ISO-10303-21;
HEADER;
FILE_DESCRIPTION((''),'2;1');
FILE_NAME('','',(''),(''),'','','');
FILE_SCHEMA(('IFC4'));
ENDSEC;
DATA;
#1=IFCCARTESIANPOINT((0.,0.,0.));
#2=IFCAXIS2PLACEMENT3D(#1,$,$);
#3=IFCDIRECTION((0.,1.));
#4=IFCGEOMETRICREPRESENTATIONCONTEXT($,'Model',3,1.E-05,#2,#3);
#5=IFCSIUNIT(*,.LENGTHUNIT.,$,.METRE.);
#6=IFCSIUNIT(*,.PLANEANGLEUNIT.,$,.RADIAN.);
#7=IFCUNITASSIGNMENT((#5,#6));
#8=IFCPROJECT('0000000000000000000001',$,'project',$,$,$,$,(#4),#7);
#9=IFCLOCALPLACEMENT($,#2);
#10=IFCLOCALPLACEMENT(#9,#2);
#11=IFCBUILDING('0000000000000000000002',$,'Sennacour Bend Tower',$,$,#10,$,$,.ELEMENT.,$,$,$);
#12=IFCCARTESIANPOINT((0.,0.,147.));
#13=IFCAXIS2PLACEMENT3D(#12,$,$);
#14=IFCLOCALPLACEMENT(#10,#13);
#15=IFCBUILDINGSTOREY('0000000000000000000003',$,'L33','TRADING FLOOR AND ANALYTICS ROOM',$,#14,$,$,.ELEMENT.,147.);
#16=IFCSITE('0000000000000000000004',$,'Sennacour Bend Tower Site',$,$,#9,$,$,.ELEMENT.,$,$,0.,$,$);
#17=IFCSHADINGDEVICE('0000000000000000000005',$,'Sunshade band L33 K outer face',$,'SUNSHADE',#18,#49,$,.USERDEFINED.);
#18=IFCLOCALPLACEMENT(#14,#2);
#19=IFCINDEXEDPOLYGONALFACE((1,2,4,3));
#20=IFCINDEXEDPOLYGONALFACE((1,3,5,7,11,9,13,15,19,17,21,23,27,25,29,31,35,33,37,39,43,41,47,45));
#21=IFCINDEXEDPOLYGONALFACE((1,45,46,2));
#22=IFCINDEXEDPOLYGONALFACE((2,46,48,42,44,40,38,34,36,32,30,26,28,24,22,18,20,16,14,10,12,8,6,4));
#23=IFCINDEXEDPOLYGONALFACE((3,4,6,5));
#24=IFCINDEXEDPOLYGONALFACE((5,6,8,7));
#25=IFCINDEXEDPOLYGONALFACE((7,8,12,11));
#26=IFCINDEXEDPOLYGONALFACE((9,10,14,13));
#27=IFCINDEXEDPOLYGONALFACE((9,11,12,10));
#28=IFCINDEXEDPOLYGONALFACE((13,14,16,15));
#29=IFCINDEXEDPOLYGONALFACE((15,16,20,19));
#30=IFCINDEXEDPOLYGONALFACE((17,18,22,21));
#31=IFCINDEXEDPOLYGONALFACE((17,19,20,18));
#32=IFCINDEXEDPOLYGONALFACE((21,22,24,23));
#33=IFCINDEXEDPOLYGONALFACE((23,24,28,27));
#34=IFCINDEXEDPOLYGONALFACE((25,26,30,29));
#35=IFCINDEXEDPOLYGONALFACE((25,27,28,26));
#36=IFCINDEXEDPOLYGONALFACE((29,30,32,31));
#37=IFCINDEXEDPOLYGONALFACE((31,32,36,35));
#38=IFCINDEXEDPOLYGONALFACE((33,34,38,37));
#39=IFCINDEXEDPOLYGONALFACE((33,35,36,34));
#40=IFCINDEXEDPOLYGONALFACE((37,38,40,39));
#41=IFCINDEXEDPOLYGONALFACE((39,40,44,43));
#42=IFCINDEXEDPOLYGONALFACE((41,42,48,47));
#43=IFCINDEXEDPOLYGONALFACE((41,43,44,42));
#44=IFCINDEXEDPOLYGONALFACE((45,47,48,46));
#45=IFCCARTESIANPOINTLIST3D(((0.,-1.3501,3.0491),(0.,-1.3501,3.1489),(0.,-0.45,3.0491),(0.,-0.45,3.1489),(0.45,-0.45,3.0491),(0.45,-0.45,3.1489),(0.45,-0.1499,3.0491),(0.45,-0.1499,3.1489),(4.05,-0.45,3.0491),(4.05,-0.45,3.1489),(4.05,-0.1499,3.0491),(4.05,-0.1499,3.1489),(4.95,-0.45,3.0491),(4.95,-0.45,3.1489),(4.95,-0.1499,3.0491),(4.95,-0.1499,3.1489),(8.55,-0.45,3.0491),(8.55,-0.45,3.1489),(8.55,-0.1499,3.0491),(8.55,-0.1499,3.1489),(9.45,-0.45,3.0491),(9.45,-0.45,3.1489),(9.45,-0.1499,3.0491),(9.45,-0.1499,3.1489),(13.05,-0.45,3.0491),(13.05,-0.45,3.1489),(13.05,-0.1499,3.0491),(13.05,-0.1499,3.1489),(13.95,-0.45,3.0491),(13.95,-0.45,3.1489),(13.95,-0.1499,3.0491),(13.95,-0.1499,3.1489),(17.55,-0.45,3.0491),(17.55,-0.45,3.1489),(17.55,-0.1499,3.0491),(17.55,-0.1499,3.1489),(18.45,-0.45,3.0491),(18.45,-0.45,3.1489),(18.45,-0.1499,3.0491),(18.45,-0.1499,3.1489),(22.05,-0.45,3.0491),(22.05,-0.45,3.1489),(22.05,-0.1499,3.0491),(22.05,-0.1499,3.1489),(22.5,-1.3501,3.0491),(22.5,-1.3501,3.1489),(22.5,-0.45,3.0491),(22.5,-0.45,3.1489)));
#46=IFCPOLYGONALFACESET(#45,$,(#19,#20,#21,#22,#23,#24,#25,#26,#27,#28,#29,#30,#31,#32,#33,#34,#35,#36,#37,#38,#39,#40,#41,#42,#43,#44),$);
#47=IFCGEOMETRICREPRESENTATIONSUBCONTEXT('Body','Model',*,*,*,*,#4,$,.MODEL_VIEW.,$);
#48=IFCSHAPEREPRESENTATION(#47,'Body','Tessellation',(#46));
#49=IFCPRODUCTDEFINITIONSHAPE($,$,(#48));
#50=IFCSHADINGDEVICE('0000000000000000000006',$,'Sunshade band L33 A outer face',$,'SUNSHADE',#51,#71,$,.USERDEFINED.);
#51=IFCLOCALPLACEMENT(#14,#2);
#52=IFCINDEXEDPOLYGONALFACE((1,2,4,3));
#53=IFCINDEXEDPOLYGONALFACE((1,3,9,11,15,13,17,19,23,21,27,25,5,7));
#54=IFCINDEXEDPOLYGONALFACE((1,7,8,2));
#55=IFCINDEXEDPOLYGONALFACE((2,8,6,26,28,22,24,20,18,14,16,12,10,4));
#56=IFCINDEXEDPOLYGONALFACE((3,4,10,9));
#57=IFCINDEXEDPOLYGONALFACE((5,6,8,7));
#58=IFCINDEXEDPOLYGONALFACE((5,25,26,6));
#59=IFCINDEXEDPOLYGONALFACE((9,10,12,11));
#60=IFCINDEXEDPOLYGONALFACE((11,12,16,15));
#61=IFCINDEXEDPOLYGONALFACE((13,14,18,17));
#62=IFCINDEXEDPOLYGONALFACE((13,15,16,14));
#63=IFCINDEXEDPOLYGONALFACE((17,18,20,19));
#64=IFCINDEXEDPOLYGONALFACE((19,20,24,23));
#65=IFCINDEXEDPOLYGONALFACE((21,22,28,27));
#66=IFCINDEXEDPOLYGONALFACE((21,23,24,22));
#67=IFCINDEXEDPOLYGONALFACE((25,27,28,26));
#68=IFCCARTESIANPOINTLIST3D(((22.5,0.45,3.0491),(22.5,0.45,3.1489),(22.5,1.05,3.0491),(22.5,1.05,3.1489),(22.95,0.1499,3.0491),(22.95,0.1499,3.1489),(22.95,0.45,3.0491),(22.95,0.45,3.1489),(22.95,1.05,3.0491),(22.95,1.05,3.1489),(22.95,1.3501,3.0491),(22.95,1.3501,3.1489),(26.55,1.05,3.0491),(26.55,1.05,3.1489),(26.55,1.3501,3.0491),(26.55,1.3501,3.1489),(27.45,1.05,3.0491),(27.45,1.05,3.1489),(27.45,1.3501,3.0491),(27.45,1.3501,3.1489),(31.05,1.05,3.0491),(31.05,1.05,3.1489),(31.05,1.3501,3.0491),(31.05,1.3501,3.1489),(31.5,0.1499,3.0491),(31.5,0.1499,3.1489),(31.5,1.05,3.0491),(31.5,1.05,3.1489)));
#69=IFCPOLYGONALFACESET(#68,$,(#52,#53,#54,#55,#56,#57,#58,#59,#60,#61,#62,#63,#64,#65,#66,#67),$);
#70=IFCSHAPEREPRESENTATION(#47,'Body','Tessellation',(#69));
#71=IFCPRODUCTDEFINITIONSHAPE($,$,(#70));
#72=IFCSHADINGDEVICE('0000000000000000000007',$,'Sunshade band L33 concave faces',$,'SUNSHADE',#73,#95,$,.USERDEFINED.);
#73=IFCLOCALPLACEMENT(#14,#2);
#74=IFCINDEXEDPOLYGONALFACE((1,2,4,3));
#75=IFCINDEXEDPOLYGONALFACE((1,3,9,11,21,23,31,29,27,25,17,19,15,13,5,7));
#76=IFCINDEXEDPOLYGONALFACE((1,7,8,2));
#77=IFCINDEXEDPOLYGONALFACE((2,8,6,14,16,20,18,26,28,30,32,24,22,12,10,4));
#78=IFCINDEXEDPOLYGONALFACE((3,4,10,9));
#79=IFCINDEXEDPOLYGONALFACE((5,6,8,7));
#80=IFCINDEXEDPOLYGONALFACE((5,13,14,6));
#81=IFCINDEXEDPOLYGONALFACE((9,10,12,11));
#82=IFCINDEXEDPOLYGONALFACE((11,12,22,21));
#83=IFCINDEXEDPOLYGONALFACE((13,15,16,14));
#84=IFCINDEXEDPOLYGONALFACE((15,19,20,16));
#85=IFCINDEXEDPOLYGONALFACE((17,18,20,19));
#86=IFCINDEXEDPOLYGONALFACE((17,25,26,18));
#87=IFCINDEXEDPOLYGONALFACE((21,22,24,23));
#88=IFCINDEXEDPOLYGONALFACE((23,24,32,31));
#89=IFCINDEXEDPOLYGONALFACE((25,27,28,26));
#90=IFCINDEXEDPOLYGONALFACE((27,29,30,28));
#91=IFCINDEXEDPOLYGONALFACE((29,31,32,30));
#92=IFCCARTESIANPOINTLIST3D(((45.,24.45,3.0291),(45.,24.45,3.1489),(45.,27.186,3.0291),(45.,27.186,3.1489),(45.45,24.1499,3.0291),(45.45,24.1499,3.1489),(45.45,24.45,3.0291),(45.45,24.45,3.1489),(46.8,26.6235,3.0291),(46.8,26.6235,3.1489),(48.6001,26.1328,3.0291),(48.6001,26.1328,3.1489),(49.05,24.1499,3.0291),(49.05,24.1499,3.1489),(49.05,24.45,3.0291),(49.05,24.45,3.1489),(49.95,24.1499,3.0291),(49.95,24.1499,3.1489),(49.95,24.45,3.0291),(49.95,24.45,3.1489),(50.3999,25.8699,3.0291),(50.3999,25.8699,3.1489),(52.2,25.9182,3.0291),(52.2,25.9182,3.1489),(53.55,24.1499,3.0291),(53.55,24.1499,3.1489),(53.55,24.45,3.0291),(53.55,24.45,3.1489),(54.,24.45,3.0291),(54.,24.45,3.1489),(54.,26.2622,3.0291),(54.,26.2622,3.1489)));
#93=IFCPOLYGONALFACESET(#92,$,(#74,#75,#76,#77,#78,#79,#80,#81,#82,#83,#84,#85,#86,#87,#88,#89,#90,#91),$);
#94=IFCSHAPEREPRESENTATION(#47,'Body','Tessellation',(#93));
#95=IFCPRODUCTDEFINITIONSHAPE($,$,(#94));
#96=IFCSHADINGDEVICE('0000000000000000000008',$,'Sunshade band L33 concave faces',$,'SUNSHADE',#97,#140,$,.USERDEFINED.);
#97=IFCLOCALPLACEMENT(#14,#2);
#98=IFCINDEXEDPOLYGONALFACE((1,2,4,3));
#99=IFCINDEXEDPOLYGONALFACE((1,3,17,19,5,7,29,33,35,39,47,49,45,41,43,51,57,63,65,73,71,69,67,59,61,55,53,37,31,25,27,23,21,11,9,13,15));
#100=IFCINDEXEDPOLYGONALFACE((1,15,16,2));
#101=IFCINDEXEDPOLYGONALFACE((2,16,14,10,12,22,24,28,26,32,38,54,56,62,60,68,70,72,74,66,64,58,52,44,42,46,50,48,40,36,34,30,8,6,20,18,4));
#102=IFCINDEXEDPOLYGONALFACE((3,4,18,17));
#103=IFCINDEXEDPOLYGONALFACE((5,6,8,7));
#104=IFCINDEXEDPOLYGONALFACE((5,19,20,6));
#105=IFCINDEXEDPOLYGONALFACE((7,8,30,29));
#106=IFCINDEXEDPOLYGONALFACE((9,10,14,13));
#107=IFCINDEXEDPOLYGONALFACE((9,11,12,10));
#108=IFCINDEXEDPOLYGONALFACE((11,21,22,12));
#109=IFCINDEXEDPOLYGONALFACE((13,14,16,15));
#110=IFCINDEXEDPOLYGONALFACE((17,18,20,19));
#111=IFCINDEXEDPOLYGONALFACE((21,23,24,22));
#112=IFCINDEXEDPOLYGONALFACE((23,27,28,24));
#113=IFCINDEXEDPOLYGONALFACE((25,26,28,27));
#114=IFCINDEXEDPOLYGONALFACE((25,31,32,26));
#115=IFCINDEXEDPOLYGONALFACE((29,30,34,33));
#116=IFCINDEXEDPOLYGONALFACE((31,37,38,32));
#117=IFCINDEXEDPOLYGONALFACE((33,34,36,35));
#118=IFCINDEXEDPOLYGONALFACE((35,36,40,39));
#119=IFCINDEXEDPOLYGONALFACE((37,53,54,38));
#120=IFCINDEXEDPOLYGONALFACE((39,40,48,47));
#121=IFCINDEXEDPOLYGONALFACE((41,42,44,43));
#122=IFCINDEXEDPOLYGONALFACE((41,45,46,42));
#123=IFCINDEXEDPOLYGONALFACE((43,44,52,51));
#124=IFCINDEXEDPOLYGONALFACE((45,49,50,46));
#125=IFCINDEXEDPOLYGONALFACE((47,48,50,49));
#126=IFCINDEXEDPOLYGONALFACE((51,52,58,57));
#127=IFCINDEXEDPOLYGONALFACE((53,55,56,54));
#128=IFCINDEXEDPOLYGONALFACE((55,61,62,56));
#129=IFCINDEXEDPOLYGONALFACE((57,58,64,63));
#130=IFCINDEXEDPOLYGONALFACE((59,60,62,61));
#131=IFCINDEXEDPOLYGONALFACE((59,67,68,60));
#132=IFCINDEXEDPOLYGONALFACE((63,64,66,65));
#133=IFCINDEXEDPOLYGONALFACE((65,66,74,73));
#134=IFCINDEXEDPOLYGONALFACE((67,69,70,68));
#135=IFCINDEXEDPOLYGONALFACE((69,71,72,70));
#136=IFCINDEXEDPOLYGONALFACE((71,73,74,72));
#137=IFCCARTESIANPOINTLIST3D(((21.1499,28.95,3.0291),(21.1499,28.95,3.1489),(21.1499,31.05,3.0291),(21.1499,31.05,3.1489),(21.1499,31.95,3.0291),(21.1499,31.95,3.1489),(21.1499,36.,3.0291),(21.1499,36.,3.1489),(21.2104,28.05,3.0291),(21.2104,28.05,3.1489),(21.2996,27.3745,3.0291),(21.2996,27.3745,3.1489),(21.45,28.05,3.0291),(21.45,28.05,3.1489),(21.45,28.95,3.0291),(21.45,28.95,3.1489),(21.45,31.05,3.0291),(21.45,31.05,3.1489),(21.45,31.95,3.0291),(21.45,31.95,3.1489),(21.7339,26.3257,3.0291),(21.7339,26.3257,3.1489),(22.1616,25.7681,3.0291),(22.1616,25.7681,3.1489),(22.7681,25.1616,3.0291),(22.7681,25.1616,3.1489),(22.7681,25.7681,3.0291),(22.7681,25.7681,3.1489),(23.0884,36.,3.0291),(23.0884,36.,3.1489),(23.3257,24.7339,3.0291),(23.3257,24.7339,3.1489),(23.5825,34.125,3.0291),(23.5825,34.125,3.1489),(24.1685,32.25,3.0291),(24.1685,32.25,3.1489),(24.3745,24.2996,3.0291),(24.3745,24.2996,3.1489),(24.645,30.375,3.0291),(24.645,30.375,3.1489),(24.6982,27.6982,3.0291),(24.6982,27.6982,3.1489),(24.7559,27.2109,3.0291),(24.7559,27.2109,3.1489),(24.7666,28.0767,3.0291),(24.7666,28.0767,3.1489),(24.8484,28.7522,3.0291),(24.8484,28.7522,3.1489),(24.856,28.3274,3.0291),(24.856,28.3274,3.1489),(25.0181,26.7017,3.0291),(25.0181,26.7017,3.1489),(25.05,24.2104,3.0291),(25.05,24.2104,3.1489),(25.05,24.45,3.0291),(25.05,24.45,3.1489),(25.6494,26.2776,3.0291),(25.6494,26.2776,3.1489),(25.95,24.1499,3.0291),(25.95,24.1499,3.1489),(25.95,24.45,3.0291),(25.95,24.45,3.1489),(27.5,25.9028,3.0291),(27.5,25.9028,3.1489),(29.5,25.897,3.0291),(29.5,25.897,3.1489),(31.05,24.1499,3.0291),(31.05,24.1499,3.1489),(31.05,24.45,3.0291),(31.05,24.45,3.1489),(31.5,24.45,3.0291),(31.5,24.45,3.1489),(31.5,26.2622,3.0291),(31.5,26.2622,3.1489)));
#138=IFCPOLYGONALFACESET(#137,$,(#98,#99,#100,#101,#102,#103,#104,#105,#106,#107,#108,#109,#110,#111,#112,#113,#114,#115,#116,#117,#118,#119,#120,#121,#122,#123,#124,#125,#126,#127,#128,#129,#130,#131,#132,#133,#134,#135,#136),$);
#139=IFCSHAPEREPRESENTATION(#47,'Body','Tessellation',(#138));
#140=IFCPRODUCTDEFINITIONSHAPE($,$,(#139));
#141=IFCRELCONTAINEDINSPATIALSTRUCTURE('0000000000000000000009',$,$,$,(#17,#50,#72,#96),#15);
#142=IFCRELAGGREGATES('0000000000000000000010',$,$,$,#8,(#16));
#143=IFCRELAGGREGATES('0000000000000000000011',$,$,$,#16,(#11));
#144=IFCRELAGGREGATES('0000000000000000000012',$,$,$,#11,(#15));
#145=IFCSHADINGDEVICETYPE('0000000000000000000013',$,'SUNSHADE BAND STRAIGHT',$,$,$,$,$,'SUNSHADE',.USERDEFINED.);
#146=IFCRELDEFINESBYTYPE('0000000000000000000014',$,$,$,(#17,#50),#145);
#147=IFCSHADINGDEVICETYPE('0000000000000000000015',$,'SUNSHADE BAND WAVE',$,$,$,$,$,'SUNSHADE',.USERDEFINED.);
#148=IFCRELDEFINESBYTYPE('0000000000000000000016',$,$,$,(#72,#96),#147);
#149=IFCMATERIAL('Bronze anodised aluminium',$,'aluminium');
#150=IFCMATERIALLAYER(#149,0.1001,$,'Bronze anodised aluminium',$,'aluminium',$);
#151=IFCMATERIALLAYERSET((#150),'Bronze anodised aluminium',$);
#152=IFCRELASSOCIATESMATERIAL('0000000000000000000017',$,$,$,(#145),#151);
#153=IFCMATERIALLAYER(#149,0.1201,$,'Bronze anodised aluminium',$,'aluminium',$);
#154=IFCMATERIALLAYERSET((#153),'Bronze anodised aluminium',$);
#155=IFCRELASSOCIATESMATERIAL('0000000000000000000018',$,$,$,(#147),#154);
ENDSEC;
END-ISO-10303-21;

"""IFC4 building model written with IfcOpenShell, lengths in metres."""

from ifc_helpers import new_model, si_unit, direction, frame, origin, place, context, subcontext, project, spatial, polyline, outline, extrude, material, layer, layer_set, type_object, element, save


model = new_model("IFC4")

# Units and contexts
model_context = context("Model", 3, precision=1e-05, world=origin(), true_north=direction((0.0, 1.0)))
body_context = subcontext(model_context, "Body", "Model", "MODEL_VIEW")
ifc_project = project(units=[si_unit("LENGTHUNIT", "METRE"), si_unit("PLANEANGLEUNIT", "RADIAN")], contexts=[model_context])

# Site, building, storey
site_placement = place(None, origin())
site = spatial("IfcSite", under=ifc_project, at=site_placement, Name="Sennacour Bend Tower Site", CompositionType="ELEMENT", RefElevation=0.0)
building_placement = place(site_placement, origin())
building = spatial("IfcBuilding", under=site, at=building_placement, Name="Sennacour Bend Tower", CompositionType="ELEMENT")
storey_placement = place(building_placement, frame((0.0, 0.0, 147.0)))
storey = spatial("IfcBuildingStorey", under=building, at=storey_placement, Name="L33", Description="TRADING FLOOR AND ANALYTICS ROOM", CompositionType="ELEMENT", Elevation=147.0)

# Shading devices
ifc_material_1 = material(Name="Bronze anodised aluminium", Category="aluminium")
ifc_layer_1 = layer(ifc_material_1, 0.1001, Name="Bronze anodised aluminium", Category="aluminium")
ifc_layer_set_1 = layer_set([ifc_layer_1], Name="Bronze anodised aluminium")
shading_device_type_1 = type_object("IfcShadingDeviceType", Name="SUNSHADE BAND STRAIGHT", ElementType="SUNSHADE", PredefinedType="USERDEFINED", material=ifc_layer_set_1)
shading_device_1_placement = place(storey_placement, frame((0.0, 0.0, 3.0491)))
element("IfcShadingDevice", 1, at=shading_device_1_placement, inside=storey, type_object=shading_device_type_1, Name="Sunshade band L33 K outer face", ObjectType="SUNSHADE", PredefinedType="USERDEFINED", context=body_context, shape_type="SweptSolid", body=[
    extrude(outline(polyline([(4.05, -0.1499), (4.05, -0.45), (4.95, -0.45), (4.95, -0.1499), (8.55, -0.1499), (8.55, -0.45), (9.45, -0.45), (9.45, -0.1499), (13.05, -0.1499), (13.05, -0.45), (13.95, -0.45), (13.95, -0.1499), (17.55, -0.1499), (17.55, -0.45), (18.45, -0.45), (18.45, -0.1499), (22.05, -0.1499), (22.05, -0.45), (22.5, -0.45), (22.5, -1.3501), (0.0, -1.3501), (0.0, -0.45), (0.45, -0.45), (0.45, -0.1499), (4.05, -0.1499)])), origin(), (0.0, 0.0, 1.0), 0.0999),
])
shading_device_2_placement = place(storey_placement, frame((0.0, 0.0, 3.0491)))
element("IfcShadingDevice", 2, at=shading_device_2_placement, inside=storey, type_object=shading_device_type_1, Name="Sunshade band L33 A outer face", ObjectType="SUNSHADE", PredefinedType="USERDEFINED", context=body_context, shape_type="SweptSolid", body=[
    extrude(outline(polyline([(26.55, 1.3501), (26.55, 1.05), (27.45, 1.05), (27.45, 1.3501), (31.05, 1.3501), (31.05, 1.05), (31.5, 1.05), (31.5, 0.1499), (22.95, 0.1499), (22.95, 0.45), (22.5, 0.45), (22.5, 1.05), (22.95, 1.05), (22.95, 1.3501), (26.55, 1.3501)])), origin(), (0.0, 0.0, 1.0), 0.0999),
])
ifc_layer_2 = layer(ifc_material_1, 0.1201, Name="Bronze anodised aluminium", Category="aluminium")
ifc_layer_set_2 = layer_set([ifc_layer_2], Name="Bronze anodised aluminium")
shading_device_type_2 = type_object("IfcShadingDeviceType", Name="SUNSHADE BAND WAVE", ElementType="SUNSHADE", PredefinedType="USERDEFINED", material=ifc_layer_set_2)
shading_device_3_placement = place(storey_placement, frame((0.0, 0.0, 3.0291)))
element("IfcShadingDevice", 3, at=shading_device_3_placement, inside=storey, type_object=shading_device_type_2, Name="Sunshade band L33 concave faces", ObjectType="SUNSHADE", PredefinedType="USERDEFINED", context=body_context, shape_type="SweptSolid", body=[
    extrude(outline(polyline([(53.55, 24.1499), (49.95, 24.1499), (49.95, 24.45), (49.05, 24.45), (49.05, 24.1499), (45.45, 24.1499), (45.45, 24.45), (45.0, 24.45), (45.0, 27.186), (46.8, 26.6235), (48.6001, 26.1328), (50.3999, 25.8699), (52.2, 25.9182), (54.0, 26.2622), (54.0, 24.45), (53.55, 24.45), (53.55, 24.1499)])), origin(), (0.0, 0.0, 1.0), 0.1199),
])
shading_device_4_placement = place(storey_placement, frame((0.0, 0.0, 3.0291)))
element("IfcShadingDevice", 4, at=shading_device_4_placement, inside=storey, type_object=shading_device_type_2, Name="Sunshade band L33 concave faces", ObjectType="SUNSHADE", PredefinedType="USERDEFINED", context=body_context, shape_type="SweptSolid", body=[
    extrude(outline(polyline([(31.05, 24.1499), (25.95, 24.1499), (25.95, 24.45), (25.05, 24.45), (25.05, 24.2104), (24.3745, 24.2996), (23.3257, 24.7339), (22.7681, 25.1616), (22.7681, 25.7681), (22.1616, 25.7681), (21.7339, 26.3257), (21.2996, 27.3745), (21.2104, 28.05), (21.45, 28.05), (21.45, 28.95), (21.1499, 28.95), (21.1499, 31.05), (21.45, 31.05), (21.45, 31.95), (21.1499, 31.95), (21.1499, 36.0), (23.0884, 36.0), (23.5825, 34.125), (24.1685, 32.25), (24.645, 30.375), (24.8484, 28.7522), (24.856, 28.3274), (24.7666, 28.0767), (24.6982, 27.6982), (24.7559, 27.2109), (25.0181, 26.7017), (25.6494, 26.2776), (27.5, 25.9028), (29.5, 25.897), (31.5, 26.2622), (31.5, 24.45), (31.05, 24.45), (31.05, 24.1499)])), origin(), (0.0, 0.0, 1.0), 0.1199),
])

save(model, "model.ifc")
